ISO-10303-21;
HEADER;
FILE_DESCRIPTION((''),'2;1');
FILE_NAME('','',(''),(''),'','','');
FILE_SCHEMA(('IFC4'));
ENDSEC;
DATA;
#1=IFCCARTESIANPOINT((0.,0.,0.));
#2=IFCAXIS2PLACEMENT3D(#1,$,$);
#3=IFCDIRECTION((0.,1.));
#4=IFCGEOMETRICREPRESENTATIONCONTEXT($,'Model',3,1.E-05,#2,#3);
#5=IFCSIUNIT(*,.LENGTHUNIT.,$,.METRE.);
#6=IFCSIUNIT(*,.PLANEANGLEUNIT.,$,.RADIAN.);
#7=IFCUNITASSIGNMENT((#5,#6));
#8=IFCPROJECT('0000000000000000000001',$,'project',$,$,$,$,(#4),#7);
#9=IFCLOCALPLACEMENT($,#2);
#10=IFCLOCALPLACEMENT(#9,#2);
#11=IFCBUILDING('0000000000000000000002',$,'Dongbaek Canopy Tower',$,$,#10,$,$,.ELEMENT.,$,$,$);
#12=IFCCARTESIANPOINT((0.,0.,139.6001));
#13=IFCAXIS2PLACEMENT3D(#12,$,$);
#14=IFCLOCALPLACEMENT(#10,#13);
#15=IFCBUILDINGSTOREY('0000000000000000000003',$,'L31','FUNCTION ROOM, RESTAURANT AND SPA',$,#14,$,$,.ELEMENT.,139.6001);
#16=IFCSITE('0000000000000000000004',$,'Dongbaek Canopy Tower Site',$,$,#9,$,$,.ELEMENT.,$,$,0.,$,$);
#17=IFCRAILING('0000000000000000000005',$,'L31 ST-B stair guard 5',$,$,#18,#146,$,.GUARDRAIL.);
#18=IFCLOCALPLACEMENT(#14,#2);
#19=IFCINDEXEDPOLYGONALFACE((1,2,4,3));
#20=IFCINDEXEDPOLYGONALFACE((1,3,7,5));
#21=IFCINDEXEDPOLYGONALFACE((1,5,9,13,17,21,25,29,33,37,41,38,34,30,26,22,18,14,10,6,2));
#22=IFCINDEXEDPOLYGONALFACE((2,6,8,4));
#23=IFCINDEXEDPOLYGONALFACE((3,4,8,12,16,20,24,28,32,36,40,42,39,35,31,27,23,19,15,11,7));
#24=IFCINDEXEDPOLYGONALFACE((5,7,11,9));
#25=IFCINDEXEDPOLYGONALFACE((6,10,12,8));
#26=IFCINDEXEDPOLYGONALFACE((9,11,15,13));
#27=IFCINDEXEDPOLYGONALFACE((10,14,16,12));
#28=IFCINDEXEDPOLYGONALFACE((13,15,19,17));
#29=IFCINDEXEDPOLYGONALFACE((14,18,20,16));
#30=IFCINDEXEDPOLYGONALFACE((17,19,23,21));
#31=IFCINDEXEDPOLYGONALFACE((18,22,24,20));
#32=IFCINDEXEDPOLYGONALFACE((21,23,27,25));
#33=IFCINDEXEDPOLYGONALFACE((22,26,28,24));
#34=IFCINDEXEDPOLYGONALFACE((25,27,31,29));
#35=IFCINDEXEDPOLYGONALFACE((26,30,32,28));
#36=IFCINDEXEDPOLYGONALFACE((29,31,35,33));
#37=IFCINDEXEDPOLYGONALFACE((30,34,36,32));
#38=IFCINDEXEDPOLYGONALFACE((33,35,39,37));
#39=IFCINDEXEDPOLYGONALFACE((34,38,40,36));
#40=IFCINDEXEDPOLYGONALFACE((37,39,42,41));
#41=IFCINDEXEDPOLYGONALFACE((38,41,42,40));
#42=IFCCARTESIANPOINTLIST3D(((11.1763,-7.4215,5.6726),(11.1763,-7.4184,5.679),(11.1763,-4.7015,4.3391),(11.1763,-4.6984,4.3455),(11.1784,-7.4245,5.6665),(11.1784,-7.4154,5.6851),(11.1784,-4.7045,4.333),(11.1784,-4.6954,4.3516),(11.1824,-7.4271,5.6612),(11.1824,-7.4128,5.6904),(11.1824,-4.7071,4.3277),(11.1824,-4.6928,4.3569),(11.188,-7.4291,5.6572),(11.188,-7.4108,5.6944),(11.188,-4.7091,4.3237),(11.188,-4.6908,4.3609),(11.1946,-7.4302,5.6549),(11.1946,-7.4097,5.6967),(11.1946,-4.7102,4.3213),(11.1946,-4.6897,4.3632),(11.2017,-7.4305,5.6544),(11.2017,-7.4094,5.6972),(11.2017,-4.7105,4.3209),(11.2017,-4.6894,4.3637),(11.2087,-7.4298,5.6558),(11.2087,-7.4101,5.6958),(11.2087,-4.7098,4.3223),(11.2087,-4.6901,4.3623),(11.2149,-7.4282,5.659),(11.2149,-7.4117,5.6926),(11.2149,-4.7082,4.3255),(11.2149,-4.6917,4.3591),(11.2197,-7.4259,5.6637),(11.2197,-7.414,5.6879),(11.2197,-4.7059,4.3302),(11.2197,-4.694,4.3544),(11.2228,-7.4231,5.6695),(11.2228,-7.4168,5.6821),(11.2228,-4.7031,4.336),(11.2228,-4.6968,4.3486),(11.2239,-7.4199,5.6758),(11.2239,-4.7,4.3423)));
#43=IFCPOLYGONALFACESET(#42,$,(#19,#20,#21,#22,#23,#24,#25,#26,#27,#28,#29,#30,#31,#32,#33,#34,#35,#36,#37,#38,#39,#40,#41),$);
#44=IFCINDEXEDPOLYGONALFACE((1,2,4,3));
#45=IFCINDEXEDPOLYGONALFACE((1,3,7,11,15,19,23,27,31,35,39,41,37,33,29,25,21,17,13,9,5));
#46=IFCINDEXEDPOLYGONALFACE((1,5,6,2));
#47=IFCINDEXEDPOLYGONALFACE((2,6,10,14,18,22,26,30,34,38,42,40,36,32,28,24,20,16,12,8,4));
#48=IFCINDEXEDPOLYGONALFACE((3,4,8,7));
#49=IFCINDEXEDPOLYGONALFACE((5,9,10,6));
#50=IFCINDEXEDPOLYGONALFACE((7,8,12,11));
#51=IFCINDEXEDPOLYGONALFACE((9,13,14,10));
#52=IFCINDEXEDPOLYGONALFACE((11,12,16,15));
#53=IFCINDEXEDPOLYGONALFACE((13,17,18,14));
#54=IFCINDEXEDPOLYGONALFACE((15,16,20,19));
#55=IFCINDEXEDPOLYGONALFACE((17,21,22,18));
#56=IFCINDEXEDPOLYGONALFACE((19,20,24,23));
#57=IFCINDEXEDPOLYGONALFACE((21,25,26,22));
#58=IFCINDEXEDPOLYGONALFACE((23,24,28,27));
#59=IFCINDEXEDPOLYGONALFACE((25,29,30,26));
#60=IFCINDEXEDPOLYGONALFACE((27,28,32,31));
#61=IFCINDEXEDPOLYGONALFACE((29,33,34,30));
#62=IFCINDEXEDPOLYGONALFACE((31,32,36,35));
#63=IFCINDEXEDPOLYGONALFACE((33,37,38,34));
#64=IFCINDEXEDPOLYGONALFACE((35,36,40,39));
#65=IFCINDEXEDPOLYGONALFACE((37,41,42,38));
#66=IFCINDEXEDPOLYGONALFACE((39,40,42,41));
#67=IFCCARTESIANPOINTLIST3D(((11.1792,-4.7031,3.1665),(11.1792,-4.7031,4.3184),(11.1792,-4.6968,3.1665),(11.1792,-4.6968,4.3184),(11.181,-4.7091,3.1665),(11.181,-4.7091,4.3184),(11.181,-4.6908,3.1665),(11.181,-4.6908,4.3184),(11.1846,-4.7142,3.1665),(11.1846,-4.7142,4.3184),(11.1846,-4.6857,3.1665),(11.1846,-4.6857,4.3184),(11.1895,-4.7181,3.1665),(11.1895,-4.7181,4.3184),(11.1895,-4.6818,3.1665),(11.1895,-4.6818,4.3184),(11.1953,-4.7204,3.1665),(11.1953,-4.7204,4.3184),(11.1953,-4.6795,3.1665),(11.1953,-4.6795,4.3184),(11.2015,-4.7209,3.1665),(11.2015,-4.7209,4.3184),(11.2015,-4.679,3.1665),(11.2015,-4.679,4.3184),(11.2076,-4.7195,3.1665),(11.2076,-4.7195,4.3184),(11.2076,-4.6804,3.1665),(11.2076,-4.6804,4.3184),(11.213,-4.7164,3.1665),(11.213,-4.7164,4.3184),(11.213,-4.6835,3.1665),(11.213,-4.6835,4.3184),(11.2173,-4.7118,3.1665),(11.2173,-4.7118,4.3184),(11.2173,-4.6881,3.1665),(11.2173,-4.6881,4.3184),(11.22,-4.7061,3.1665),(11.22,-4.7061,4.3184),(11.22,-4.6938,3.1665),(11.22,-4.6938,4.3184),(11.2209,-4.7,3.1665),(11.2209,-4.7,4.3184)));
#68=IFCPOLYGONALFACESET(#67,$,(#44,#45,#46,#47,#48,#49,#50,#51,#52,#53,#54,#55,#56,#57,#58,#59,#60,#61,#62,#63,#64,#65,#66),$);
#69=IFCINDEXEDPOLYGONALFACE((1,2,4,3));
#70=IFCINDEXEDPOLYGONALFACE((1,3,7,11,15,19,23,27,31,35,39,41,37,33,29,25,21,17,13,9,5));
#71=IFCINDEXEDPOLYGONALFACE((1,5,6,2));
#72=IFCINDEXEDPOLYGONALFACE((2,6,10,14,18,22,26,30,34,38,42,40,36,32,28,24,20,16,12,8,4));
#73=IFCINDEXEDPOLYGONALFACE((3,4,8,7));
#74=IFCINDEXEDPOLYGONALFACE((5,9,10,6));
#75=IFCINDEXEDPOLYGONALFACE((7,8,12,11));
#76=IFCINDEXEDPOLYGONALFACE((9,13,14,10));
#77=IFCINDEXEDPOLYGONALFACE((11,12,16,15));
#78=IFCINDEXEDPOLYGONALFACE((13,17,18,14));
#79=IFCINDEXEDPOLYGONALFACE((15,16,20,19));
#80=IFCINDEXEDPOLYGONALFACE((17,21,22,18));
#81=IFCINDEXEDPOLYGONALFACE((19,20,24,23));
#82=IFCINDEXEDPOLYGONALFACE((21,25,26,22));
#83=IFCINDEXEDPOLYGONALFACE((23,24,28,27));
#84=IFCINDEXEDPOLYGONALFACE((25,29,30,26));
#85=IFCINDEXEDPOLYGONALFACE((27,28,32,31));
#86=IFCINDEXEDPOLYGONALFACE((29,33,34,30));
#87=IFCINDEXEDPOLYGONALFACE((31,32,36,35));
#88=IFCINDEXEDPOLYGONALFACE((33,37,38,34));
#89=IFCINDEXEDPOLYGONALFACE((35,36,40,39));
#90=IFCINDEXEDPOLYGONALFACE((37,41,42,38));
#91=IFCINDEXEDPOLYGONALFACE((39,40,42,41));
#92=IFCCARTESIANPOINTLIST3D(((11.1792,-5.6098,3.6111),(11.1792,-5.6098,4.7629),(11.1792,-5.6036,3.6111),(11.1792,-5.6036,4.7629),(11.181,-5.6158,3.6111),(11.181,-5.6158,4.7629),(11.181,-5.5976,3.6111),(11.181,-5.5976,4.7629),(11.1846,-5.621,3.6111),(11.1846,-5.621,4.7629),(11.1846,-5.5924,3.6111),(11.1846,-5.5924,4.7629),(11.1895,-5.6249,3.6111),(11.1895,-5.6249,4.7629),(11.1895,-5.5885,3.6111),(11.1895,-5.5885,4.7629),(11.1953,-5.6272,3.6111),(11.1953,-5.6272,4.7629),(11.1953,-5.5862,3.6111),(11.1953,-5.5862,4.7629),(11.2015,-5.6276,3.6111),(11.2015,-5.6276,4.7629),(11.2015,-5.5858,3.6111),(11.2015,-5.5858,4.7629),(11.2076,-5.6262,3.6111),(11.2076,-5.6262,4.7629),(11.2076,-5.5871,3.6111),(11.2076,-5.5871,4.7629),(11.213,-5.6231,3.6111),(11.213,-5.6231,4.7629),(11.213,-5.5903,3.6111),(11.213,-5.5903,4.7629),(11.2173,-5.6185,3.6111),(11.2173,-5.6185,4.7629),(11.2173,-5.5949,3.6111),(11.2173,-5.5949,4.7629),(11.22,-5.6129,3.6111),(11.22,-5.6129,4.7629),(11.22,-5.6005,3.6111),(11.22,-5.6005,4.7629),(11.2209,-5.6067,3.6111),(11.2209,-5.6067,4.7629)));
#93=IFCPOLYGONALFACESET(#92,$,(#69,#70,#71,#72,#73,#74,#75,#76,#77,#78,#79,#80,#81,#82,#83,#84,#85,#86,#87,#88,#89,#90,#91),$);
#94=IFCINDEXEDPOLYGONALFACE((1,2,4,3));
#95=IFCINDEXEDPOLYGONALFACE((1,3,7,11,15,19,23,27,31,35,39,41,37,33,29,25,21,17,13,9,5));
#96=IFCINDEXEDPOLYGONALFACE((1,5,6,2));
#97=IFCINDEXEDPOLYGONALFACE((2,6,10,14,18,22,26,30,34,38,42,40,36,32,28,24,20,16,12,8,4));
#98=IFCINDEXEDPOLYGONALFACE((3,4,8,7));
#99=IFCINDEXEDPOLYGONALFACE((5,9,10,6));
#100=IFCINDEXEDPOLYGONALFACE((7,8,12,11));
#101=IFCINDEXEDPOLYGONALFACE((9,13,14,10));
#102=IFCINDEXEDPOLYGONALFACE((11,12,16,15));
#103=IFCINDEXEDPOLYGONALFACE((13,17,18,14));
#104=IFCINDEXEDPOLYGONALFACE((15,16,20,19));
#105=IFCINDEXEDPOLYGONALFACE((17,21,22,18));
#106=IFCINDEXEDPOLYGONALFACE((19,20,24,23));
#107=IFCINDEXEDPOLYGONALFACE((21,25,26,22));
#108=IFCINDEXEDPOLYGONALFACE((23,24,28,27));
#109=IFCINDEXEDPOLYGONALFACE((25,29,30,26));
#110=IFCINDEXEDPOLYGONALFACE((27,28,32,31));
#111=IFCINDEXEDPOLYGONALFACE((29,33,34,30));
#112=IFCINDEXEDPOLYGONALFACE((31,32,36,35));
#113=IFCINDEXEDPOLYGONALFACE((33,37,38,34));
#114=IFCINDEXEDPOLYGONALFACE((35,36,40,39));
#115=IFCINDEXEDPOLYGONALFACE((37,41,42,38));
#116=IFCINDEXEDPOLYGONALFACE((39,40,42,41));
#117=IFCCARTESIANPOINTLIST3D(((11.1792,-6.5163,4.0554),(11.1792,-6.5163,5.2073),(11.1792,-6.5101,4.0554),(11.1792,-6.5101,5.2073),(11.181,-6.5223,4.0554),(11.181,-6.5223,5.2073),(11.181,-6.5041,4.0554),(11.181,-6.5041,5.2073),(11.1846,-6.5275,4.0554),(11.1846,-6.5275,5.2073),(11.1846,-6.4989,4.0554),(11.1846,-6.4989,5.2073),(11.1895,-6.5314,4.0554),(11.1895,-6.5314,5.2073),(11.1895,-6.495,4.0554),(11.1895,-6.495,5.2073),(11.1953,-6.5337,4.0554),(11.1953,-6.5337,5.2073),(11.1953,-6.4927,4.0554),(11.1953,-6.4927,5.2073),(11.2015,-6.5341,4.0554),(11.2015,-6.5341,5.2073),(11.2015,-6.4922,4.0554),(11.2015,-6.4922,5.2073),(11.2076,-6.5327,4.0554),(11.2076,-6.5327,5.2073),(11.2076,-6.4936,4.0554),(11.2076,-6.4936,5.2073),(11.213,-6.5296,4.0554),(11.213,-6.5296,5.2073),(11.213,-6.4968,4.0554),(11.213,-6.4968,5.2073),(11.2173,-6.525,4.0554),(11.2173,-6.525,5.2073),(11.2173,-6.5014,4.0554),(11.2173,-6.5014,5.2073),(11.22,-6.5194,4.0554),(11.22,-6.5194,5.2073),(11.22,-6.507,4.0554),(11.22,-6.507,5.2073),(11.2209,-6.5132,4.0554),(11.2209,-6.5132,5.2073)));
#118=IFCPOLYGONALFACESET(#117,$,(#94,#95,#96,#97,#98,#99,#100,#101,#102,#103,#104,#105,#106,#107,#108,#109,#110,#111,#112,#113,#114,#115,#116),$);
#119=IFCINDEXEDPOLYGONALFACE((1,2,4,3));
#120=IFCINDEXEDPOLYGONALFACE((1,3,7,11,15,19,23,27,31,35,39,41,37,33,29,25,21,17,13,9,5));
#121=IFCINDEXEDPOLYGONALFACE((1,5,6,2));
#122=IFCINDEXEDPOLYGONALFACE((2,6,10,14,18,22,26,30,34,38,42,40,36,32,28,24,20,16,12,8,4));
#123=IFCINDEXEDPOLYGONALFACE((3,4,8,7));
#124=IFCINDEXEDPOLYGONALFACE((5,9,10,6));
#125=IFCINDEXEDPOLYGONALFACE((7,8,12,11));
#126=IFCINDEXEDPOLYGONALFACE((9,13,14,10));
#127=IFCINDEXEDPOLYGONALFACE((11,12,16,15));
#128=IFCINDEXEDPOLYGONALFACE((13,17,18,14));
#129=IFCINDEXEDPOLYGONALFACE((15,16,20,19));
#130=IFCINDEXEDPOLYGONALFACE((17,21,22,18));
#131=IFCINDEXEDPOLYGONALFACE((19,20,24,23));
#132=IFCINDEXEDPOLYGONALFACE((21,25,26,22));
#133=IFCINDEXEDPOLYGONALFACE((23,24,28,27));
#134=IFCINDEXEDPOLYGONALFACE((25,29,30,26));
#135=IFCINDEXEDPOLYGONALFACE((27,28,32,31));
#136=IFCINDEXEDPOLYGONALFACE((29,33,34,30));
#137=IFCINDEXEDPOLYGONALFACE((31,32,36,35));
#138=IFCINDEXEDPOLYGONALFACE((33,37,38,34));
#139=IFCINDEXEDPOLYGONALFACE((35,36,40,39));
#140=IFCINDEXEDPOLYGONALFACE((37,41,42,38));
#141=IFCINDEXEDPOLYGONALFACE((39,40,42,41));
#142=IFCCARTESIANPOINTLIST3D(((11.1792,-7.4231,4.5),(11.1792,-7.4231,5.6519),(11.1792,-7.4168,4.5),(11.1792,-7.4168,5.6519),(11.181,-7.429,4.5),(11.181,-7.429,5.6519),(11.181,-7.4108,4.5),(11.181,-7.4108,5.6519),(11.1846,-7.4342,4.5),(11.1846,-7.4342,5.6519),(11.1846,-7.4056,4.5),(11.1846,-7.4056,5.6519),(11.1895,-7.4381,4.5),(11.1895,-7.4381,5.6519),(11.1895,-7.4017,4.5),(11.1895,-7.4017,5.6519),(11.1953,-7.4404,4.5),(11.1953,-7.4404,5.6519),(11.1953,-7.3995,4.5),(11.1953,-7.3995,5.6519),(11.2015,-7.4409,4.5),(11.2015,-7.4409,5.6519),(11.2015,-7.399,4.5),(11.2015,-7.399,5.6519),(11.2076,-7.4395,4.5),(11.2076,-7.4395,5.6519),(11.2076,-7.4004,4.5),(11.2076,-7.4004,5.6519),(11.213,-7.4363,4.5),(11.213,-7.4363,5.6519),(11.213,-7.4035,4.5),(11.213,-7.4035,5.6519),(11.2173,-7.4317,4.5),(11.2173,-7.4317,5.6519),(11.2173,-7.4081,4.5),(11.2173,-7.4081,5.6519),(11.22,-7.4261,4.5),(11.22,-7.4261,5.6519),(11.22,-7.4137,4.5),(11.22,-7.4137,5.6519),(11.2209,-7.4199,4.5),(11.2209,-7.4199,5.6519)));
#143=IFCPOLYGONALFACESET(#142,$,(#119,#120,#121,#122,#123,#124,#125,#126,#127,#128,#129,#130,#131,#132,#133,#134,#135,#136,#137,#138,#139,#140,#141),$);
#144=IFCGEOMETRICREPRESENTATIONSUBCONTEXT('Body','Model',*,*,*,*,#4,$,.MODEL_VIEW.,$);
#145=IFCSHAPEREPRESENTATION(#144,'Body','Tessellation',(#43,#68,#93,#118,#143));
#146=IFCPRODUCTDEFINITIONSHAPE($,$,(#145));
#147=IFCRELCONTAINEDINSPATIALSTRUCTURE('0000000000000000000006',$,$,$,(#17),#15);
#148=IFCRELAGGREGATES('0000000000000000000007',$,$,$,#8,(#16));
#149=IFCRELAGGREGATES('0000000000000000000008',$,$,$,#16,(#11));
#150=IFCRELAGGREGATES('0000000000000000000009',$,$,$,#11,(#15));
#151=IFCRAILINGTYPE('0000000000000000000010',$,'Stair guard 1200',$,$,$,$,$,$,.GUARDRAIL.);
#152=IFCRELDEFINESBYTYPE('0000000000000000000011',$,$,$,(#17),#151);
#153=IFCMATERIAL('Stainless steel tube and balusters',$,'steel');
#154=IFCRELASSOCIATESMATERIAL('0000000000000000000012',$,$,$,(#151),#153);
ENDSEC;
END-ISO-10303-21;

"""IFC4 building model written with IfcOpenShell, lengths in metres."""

from ifc_helpers import new_model, si_unit, direction, frame, origin, origin_2d, place, context, subcontext, project, spatial, circle, extrude, material, type_object, element, save


model = new_model("IFC4")

# Units and contexts
model_context = context("Model", 3, precision=1e-05, world=origin(), true_north=direction((0.0, 1.0)))
body_context = subcontext(model_context, "Body", "Model", "MODEL_VIEW")
ifc_project = project(units=[si_unit("LENGTHUNIT", "METRE"), si_unit("PLANEANGLEUNIT", "RADIAN")], contexts=[model_context])

# Site, building, storey
site_placement = place(None, origin())
site = spatial("IfcSite", under=ifc_project, at=site_placement, Name="Dongbaek Canopy Tower Site", CompositionType="ELEMENT", RefElevation=0.0)
building_placement = place(site_placement, origin())
building = spatial("IfcBuilding", under=site, at=building_placement, Name="Dongbaek Canopy Tower", CompositionType="ELEMENT")
storey_placement = place(building_placement, frame((0.0, 0.0, 139.6001)))
storey = spatial("IfcBuildingStorey", under=building, at=storey_placement, Name="L31", Description="FUNCTION ROOM, RESTAURANT AND SPA", CompositionType="ELEMENT", Elevation=139.6001)

# Railing
ifc_material_1 = material(Name="Stainless steel tube and balusters", Category="steel")
railing_type_1 = type_object("IfcRailingType", Name="Stair guard 1200", PredefinedType="GUARDRAIL", material=ifc_material_1)
railing_1_placement = place(storey_placement, frame((11.2, -4.7, 3.1665)))
element("IfcRailing", 1, at=railing_1_placement, inside=storey, type_object=railing_type_1, Name="L31 ST-B stair guard 5", PredefinedType="GUARDRAIL", context=body_context, shape_type="SweptSolid", body=[
    extrude(circle(Radius=0.0239, at=origin_2d()), frame((0.0, 0.0, 1.1758), z_axis=(0.0, -0.897898, 0.440204), x_axis=(1.0, 0.0, 0.0)), (0.0, 0.0, 1.0), 3.0293),
    extrude(circle(Radius=0.021, at=origin_2d()), origin(), (0.0, 0.0, 1.0), 1.1519),
    extrude(circle(Radius=0.021, at=origin_2d()), frame((0.0, -0.9067, 0.4446)), (0.0, 0.0, 1.0), 1.1519),
    extrude(circle(Radius=0.021, at=origin_2d()), frame((0.0, -1.8132, 0.8889)), (0.0, 0.0, 1.0), 1.1519),
    extrude(circle(Radius=0.021, at=origin_2d()), frame((0.0, -2.72, 1.3335)), (0.0, 0.0, 1.0), 1.1519),
])

save(model, "model.ifc")
